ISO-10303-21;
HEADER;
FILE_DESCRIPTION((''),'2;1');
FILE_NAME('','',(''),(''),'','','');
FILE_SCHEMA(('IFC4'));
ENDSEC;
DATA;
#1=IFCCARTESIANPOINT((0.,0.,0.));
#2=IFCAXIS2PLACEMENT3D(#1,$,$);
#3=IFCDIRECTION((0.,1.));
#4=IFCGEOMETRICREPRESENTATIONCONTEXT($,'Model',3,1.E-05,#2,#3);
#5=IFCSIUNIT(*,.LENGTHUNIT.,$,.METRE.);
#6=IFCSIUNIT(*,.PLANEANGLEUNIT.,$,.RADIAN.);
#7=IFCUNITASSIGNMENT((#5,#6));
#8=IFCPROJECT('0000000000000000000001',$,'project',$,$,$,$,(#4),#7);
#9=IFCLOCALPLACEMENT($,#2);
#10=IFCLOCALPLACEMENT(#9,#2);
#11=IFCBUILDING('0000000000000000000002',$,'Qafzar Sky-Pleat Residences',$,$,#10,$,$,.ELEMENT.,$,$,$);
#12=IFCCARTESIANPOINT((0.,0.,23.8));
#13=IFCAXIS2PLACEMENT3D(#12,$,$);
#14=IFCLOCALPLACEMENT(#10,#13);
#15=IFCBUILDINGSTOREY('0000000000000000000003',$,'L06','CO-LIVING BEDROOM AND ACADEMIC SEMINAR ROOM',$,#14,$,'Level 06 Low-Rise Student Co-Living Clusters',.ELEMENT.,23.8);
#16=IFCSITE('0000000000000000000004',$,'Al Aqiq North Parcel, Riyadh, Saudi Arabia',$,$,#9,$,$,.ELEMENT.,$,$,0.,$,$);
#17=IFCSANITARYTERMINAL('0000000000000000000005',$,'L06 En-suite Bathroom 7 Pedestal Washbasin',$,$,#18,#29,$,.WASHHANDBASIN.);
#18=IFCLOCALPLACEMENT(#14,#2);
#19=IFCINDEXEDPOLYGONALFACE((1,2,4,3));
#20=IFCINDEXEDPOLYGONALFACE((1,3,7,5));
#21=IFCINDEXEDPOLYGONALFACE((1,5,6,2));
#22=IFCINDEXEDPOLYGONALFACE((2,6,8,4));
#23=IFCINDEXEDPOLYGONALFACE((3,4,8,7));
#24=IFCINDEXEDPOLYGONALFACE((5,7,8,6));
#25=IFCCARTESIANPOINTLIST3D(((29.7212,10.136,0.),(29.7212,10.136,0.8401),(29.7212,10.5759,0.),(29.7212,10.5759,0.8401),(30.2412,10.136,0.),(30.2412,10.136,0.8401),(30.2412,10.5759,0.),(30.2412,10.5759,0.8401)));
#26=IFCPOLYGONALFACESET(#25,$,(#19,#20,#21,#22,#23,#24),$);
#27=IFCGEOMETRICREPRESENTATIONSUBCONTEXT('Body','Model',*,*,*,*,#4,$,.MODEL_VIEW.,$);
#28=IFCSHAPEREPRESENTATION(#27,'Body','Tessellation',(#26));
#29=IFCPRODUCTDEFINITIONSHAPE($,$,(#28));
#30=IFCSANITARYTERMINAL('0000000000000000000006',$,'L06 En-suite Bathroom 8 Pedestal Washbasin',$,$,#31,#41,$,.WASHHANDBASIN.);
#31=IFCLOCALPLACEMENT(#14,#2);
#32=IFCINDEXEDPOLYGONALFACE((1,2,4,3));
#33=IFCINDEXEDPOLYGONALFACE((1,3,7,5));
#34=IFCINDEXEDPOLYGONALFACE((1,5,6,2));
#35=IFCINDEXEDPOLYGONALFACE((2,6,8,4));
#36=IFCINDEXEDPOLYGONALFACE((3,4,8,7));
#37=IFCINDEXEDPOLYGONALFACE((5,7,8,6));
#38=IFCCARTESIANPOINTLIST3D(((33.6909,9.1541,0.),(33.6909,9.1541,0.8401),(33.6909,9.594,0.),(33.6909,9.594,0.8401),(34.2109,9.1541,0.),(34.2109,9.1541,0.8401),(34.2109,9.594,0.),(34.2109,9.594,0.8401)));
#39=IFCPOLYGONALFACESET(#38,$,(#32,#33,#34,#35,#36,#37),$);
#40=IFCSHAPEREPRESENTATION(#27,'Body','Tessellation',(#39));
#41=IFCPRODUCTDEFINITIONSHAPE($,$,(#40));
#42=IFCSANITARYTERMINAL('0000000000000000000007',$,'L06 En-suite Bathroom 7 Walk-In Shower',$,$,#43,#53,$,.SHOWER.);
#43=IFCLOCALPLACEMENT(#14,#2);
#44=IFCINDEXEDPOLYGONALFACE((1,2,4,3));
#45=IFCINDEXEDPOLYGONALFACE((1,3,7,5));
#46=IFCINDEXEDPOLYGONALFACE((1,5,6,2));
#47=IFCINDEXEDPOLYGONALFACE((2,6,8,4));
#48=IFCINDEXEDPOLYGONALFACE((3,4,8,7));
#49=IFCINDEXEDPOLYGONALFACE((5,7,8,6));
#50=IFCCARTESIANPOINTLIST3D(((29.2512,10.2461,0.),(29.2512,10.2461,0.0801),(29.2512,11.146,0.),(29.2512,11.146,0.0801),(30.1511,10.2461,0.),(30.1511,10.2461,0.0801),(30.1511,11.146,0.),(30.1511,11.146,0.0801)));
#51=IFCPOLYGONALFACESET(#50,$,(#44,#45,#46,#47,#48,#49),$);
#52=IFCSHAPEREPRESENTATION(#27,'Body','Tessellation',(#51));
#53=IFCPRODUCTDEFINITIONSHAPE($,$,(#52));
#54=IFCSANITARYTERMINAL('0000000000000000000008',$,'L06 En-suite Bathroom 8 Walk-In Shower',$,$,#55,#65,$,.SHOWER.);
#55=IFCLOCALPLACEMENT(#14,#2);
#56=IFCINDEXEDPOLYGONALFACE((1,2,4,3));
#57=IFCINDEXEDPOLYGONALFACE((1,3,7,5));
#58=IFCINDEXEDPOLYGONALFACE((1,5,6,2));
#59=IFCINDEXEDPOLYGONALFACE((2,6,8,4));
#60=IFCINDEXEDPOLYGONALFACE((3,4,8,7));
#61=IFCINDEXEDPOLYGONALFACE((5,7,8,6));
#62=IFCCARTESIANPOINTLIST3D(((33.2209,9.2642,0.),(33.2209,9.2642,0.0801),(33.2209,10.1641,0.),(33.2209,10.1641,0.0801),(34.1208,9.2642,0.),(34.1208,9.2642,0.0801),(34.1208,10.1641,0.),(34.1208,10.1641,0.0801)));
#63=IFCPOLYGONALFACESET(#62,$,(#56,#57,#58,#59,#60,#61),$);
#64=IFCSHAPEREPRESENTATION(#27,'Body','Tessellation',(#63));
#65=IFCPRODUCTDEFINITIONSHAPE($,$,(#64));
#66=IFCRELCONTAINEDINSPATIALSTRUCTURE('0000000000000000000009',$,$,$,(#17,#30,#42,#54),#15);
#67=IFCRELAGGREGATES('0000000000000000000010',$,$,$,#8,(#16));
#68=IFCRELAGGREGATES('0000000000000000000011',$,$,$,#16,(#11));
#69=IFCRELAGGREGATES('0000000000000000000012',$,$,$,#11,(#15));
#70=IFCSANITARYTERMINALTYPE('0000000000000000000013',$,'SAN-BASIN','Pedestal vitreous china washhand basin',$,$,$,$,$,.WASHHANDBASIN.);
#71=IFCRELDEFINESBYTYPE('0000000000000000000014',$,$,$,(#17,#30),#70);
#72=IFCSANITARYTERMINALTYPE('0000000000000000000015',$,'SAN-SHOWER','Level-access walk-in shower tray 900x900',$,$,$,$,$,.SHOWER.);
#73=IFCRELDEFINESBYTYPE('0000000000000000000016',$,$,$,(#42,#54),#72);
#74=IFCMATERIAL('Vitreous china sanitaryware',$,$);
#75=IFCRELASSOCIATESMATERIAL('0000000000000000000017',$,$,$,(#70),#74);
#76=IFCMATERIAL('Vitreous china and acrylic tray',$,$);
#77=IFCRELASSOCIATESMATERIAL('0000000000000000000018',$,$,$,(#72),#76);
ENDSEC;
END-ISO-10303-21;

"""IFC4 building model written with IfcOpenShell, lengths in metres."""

from ifc_helpers import new_model, si_unit, direction, frame, origin, origin_2d, place, context, subcontext, project, spatial, rectangle, extrude, source, transform, mapped, material, type_object, element, save


model = new_model("IFC4")

# Units and contexts
model_context = context("Model", 3, precision=1e-05, world=origin(), true_north=direction((0.0, 1.0)))
body_context = subcontext(model_context, "Body", "Model", "MODEL_VIEW")
ifc_project = project(units=[si_unit("LENGTHUNIT", "METRE"), si_unit("PLANEANGLEUNIT", "RADIAN")], contexts=[model_context])

# Site, building, storey
site_placement = place(None, origin())
site = spatial("IfcSite", under=ifc_project, at=site_placement, Name="Al Aqiq North Parcel, Riyadh, Saudi Arabia", CompositionType="ELEMENT", RefElevation=0.0)
building_placement = place(site_placement, origin())
building = spatial("IfcBuilding", under=site, at=building_placement, Name="Qafzar Sky-Pleat Residences", CompositionType="ELEMENT")
storey_placement = place(building_placement, frame((0.0, 0.0, 23.8)))
storey = spatial("IfcBuildingStorey", under=building, at=storey_placement, Name="L06", Description="CO-LIVING BEDROOM AND ACADEMIC SEMINAR ROOM", LongName="Level 06 Low-Rise Student Co-Living Clusters", CompositionType="ELEMENT", Elevation=23.8)

# Sanitary terminals
ifc_material_1 = material(Name="Vitreous china sanitaryware")
sanitary_terminal_type_1 = type_object("IfcSanitaryTerminalType", Name="SAN-BASIN", Description="Pedestal vitreous china washhand basin", PredefinedType="WASHHANDBASIN", material=ifc_material_1)
shared_shape_1 = source(origin(), body_context, "Body", "SweptSolid", [
    extrude(rectangle(XDim=0.52, YDim=0.4399, at=origin_2d()), origin(), (0.0, 0.0, 1.0), 0.8401),
])
for number, where, z_axis, x_axis, name in (
    (1, (29.9812, 10.356, 0.0), (0.0, 0.0, 1.0), (1.0, 0.0, 0.0), "L06 En-suite Bathroom 7 Pedestal Washbasin"),
    (2, (33.9509, 9.374, 0.0), (0.0, 0.0, 1.0), (1.0, 0.0, 0.0), "L06 En-suite Bathroom 8 Pedestal Washbasin"),
):
    element("IfcSanitaryTerminal", number, at=place(storey_placement, frame(where, z_axis=z_axis, x_axis=x_axis)), inside=storey, type_object=sanitary_terminal_type_1, Name=name, PredefinedType="WASHHANDBASIN", context=body_context, shape_type="MappedRepresentation", body=[
        mapped(shared_shape_1, transform((0.0, 0.0, 0.0), x_axis=(1.0, 0.0, 0.0), y_axis=(0.0, 1.0, 0.0), z_axis=(0.0, 0.0, 1.0), scale=1.0)),
    ])
ifc_material_2 = material(Name="Vitreous china and acrylic tray")
sanitary_terminal_type_2 = type_object("IfcSanitaryTerminalType", Name="SAN-SHOWER", Description="Level-access walk-in shower tray 900x900", PredefinedType="SHOWER", material=ifc_material_2)
shared_shape_2 = source(origin(), body_context, "Body", "SweptSolid", [
    extrude(rectangle(XDim=0.8999, YDim=0.8999, at=origin_2d()), origin(), (0.0, 0.0, 1.0), 0.0801),
])
for number, where, z_axis, x_axis, name in (
    (3, (29.7012, 10.696, 0.0), (0.0, 0.0, 1.0), (1.0, 0.0, 0.0), "L06 En-suite Bathroom 7 Walk-In Shower"),
    (4, (33.6709, 9.7141, 0.0), (0.0, 0.0, 1.0), (1.0, 0.0, 0.0), "L06 En-suite Bathroom 8 Walk-In Shower"),
):
    element("IfcSanitaryTerminal", number, at=place(storey_placement, frame(where, z_axis=z_axis, x_axis=x_axis)), inside=storey, type_object=sanitary_terminal_type_2, Name=name, PredefinedType="SHOWER", context=body_context, shape_type="MappedRepresentation", body=[
        mapped(shared_shape_2, transform((0.0, 0.0, 0.0), x_axis=(1.0, 0.0, 0.0), y_axis=(0.0, 1.0, 0.0), z_axis=(0.0, 0.0, 1.0), scale=1.0)),
    ])

save(model, "model.ifc")
